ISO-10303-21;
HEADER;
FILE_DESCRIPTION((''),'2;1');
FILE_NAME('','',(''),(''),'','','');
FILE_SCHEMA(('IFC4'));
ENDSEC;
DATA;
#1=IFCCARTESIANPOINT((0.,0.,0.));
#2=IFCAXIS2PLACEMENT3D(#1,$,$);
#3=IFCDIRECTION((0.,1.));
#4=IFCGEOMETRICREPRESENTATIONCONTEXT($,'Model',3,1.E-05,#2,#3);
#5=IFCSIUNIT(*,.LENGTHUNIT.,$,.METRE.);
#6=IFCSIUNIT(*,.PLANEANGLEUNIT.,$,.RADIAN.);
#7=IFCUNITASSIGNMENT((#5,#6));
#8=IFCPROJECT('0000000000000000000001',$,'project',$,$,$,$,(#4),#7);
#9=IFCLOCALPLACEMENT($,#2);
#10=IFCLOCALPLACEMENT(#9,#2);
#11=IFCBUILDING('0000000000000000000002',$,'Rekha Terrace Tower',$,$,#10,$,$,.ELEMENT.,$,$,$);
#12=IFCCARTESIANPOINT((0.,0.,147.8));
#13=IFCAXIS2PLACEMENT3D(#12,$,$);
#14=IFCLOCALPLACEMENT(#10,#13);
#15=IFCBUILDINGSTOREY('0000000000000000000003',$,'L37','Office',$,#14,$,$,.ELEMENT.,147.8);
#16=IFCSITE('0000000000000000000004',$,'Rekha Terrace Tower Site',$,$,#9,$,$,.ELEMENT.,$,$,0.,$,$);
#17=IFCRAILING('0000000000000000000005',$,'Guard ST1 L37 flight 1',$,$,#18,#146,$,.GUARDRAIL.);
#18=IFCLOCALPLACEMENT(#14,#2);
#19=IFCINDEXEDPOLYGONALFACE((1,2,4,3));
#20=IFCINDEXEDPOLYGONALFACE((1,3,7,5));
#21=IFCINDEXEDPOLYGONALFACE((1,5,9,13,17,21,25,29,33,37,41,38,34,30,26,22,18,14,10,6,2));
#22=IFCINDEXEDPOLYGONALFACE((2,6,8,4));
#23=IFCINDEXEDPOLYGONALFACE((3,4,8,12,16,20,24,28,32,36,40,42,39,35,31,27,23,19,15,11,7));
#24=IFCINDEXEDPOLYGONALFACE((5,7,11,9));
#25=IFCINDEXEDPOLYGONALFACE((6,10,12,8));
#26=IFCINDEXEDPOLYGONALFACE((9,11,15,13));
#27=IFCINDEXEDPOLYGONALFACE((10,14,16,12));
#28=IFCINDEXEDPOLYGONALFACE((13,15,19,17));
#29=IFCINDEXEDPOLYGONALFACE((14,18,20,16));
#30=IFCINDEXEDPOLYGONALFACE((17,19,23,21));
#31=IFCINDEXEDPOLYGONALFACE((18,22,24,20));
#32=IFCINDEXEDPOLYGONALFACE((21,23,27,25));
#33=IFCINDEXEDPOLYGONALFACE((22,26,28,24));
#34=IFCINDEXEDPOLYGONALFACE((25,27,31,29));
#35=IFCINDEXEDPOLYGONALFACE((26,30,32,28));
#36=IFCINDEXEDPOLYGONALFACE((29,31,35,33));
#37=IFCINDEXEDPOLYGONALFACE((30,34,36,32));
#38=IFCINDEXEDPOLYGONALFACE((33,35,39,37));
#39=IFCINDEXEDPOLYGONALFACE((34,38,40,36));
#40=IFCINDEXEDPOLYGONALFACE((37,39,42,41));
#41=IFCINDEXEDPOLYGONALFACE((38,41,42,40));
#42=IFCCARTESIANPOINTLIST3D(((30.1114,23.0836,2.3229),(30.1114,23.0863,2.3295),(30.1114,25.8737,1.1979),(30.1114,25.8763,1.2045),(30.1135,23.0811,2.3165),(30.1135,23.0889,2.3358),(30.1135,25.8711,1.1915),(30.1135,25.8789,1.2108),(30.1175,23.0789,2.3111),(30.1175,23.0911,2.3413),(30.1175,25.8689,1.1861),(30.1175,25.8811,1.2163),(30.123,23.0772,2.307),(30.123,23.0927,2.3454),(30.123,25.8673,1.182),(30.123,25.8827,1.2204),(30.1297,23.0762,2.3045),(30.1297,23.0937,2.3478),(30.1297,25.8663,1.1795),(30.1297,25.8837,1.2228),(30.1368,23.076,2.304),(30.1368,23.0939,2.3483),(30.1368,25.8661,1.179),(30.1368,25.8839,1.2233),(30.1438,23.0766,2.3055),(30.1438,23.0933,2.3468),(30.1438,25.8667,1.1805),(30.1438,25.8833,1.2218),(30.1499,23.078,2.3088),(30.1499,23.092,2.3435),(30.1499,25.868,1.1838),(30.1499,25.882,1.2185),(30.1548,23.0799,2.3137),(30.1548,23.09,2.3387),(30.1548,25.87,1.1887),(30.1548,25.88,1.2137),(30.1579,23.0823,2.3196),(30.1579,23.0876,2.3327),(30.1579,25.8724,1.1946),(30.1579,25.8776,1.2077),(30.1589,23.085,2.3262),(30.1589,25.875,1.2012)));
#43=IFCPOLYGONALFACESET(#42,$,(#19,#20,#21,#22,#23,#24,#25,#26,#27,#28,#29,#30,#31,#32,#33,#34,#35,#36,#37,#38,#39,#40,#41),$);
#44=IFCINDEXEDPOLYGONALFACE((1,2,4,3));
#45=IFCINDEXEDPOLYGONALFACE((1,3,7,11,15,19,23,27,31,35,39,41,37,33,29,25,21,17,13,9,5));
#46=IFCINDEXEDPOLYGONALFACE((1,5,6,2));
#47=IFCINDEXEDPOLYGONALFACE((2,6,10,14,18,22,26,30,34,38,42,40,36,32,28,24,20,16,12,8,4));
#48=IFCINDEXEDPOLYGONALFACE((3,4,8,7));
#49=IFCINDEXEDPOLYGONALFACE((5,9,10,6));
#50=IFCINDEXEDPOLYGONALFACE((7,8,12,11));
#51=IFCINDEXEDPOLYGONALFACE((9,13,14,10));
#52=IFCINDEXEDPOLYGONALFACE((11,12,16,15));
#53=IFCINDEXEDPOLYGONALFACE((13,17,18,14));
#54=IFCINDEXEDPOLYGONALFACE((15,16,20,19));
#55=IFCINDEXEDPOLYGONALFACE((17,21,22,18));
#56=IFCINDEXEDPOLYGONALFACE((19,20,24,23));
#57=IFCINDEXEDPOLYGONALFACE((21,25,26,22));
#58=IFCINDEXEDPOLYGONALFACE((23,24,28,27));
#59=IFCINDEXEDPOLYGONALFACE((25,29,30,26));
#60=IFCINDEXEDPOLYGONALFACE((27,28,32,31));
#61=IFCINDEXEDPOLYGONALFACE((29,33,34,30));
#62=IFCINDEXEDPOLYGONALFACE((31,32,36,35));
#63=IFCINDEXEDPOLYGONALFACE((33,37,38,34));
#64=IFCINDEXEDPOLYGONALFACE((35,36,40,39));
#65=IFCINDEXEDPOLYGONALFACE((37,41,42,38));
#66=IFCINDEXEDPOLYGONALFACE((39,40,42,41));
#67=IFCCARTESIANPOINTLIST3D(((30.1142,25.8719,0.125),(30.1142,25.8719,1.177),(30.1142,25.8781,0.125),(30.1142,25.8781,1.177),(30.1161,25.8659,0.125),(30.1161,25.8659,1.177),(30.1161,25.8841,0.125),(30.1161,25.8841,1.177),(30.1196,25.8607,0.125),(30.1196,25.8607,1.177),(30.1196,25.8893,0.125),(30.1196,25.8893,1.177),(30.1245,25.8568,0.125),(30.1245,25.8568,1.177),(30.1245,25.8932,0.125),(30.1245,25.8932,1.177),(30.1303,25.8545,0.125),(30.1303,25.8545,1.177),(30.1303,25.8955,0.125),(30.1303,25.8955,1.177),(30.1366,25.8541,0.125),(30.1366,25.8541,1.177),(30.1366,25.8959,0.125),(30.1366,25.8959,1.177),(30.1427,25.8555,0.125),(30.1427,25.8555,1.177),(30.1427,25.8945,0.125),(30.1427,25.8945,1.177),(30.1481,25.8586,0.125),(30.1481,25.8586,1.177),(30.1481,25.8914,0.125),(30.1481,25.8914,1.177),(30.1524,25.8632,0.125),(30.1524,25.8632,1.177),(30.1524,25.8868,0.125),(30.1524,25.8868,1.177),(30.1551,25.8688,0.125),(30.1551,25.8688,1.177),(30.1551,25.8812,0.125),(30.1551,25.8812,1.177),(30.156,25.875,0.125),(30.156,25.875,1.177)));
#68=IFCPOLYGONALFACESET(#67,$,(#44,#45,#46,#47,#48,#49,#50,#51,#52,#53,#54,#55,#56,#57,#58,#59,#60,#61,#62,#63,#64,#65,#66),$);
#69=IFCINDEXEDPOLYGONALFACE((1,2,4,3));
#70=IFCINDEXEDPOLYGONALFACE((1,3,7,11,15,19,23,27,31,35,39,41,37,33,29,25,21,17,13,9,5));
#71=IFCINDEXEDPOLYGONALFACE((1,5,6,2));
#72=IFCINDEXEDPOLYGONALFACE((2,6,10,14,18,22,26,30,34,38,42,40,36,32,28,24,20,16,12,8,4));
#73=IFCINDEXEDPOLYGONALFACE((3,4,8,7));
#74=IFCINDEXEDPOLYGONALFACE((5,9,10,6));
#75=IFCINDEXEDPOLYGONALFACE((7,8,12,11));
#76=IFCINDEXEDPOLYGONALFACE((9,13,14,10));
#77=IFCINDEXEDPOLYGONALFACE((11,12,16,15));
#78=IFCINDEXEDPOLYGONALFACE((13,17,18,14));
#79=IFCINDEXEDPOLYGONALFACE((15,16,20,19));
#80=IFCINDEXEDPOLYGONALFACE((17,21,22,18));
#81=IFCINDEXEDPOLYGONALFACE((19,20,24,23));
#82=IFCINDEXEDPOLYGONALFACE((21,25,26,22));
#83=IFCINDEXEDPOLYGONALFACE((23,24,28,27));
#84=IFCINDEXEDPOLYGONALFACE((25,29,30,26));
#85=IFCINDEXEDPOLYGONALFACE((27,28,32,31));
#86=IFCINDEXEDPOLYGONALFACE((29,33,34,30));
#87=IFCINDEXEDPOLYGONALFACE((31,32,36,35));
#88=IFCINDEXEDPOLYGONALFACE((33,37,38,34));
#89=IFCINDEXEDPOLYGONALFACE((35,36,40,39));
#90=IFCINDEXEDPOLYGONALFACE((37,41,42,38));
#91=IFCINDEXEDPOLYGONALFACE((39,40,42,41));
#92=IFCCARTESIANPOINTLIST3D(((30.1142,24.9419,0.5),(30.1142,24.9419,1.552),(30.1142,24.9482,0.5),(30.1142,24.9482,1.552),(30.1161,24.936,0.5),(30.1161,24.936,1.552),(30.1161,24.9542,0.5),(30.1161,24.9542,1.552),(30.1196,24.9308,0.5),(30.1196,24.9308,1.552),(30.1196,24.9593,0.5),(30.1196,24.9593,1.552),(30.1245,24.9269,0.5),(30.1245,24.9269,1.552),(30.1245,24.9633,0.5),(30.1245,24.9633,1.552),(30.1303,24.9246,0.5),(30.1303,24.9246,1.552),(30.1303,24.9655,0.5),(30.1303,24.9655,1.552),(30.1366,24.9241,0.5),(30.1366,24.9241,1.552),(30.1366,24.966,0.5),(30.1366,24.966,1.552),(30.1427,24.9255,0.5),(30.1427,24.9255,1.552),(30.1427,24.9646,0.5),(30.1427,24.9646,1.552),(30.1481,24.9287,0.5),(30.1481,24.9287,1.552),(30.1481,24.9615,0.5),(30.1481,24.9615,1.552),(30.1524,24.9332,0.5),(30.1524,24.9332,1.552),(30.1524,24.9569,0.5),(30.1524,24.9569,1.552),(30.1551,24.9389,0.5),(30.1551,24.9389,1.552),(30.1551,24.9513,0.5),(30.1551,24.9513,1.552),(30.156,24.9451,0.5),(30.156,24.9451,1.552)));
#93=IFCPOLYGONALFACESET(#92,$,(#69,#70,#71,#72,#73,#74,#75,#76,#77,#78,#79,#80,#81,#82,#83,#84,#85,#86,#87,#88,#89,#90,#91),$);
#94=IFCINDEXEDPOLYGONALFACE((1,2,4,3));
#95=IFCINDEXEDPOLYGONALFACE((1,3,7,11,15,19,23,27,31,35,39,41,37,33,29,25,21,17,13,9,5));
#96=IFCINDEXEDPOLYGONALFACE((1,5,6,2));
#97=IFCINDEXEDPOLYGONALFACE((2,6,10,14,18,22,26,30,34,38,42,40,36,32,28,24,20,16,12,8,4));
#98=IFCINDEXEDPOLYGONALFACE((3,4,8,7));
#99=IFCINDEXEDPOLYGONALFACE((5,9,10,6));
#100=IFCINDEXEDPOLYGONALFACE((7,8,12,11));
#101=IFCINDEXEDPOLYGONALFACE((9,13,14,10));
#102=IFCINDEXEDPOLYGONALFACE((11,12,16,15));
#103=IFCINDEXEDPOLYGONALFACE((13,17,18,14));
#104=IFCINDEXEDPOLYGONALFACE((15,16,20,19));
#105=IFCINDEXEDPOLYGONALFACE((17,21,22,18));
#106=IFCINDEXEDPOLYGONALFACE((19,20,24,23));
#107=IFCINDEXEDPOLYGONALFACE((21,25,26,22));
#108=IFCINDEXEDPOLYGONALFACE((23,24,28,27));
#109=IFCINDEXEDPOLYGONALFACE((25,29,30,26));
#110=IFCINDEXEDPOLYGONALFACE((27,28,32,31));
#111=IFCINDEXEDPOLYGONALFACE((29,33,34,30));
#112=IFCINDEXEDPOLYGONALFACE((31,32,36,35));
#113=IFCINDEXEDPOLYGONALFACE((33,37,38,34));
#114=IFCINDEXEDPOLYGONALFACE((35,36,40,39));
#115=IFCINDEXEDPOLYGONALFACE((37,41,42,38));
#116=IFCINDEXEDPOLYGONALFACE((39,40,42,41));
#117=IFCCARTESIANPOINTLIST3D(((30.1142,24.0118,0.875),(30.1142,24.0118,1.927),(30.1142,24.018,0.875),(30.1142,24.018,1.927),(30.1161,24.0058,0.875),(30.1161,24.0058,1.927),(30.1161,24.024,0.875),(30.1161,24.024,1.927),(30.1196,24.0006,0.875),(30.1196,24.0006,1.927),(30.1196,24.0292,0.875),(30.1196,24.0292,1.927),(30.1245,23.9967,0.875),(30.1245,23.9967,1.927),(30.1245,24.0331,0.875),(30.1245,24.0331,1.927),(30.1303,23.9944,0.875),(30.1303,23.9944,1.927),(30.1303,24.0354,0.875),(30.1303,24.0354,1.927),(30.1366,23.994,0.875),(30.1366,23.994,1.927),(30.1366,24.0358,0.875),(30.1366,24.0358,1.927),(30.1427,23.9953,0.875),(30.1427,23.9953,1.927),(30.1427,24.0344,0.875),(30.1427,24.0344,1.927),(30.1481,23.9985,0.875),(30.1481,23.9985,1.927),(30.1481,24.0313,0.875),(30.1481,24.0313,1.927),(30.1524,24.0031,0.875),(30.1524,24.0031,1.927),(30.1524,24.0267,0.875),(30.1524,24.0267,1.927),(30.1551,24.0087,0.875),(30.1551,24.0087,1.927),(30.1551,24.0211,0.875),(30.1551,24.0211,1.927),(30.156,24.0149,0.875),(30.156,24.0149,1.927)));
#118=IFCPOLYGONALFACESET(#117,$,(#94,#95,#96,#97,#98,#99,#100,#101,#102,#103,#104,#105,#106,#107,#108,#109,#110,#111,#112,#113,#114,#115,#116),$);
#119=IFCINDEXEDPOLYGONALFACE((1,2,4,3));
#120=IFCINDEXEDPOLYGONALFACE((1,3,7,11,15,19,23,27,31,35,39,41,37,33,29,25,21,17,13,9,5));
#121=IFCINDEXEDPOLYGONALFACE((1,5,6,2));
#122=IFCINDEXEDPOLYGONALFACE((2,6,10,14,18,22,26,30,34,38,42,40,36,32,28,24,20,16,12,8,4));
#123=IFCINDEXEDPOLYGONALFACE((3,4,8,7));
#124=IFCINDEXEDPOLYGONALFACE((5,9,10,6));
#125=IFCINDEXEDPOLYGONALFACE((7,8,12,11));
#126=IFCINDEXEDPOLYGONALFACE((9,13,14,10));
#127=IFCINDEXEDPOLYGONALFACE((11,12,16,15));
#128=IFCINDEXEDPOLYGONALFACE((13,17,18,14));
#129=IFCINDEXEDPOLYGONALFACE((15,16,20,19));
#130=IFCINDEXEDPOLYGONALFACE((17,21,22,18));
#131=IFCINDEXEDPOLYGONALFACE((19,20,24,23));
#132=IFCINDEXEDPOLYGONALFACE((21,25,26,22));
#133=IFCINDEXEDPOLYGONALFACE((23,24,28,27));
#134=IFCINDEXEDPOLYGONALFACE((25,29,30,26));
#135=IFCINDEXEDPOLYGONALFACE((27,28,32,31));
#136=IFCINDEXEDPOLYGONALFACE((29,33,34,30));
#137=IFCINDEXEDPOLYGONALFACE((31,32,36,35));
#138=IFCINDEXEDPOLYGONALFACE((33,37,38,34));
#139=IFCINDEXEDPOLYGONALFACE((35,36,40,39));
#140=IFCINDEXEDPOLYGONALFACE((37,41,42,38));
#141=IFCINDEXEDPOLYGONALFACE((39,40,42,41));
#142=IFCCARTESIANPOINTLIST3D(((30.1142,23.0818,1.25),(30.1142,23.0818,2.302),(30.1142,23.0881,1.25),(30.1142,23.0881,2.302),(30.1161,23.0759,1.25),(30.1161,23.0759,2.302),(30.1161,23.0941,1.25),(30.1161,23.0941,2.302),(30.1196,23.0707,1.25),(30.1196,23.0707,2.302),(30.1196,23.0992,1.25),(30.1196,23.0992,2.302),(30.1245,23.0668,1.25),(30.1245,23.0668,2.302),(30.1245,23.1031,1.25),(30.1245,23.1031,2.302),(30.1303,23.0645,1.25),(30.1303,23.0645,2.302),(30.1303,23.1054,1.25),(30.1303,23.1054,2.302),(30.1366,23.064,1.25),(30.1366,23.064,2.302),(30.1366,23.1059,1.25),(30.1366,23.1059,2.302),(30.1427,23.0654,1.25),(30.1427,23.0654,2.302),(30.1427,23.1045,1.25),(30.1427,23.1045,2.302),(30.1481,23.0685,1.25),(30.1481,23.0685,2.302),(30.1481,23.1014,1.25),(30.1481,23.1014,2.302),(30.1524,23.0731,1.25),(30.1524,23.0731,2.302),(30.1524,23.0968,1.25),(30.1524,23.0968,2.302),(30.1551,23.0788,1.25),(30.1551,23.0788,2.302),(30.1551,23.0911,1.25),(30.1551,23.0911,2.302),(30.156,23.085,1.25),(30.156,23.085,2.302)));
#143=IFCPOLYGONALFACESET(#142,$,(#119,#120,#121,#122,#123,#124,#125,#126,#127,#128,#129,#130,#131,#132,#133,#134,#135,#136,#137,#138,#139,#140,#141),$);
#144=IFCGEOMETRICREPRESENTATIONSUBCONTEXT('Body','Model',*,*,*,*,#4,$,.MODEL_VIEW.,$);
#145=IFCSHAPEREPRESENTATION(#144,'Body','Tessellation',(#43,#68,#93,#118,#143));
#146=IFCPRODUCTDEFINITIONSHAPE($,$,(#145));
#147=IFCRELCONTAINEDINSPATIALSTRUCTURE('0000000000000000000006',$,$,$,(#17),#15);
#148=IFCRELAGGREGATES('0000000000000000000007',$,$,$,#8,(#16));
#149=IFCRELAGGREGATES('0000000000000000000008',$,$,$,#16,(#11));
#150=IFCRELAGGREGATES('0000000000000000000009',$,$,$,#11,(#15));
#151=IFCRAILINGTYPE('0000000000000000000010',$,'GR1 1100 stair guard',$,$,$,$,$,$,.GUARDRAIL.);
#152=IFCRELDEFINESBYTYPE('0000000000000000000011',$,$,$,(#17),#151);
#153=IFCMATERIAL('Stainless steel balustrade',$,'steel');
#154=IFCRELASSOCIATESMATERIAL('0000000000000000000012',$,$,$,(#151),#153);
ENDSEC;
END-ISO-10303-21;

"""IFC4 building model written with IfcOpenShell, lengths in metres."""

from ifc_helpers import new_model, si_unit, direction, frame, origin, origin_2d, place, context, subcontext, project, spatial, circle, extrude, material, type_object, element, save


model = new_model("IFC4")

# Units and contexts
model_context = context("Model", 3, precision=1e-05, world=origin(), true_north=direction((0.0, 1.0)))
body_context = subcontext(model_context, "Body", "Model", "MODEL_VIEW")
ifc_project = project(units=[si_unit("LENGTHUNIT", "METRE"), si_unit("PLANEANGLEUNIT", "RADIAN")], contexts=[model_context])

# Site, building, storey
site_placement = place(None, origin())
site = spatial("IfcSite", under=ifc_project, at=site_placement, Name="Rekha Terrace Tower Site", CompositionType="ELEMENT", RefElevation=0.0)
building_placement = place(site_placement, origin())
building = spatial("IfcBuilding", under=site, at=building_placement, Name="Rekha Terrace Tower", CompositionType="ELEMENT")
storey_placement = place(building_placement, frame((0.0, 0.0, 147.8)))
storey = spatial("IfcBuildingStorey", under=building, at=storey_placement, Name="L37", Description="Office", CompositionType="ELEMENT", Elevation=147.8)

# Railing
ifc_material_1 = material(Name="Stainless steel balustrade", Category="steel")
railing_type_1 = type_object("IfcRailingType", Name="GR1 1100 stair guard", PredefinedType="GUARDRAIL", material=ifc_material_1)
railing_1_placement = place(storey_placement, frame((30.135, 25.875, 0.125)))
element("IfcRailing", 1, at=railing_1_placement, inside=storey, type_object=railing_type_1, Name="Guard ST1 L37 flight 1", PredefinedType="GUARDRAIL", context=body_context, shape_type="SweptSolid", body=[
    extrude(circle(Radius=0.0239, at=origin_2d()), frame((0.0, 0.0, 1.0762), z_axis=(0.0, -0.927443, 0.373964), x_axis=(1.0, 0.0, 0.0)), (0.0, 0.0, 1.0), 3.0083),
    extrude(circle(Radius=0.021, at=origin_2d()), origin(), (0.0, 0.0, 1.0), 1.052),
    extrude(circle(Radius=0.021, at=origin_2d()), frame((0.0, -0.9299, 0.375)), (0.0, 0.0, 1.0), 1.052),
    extrude(circle(Radius=0.021, at=origin_2d()), frame((0.0, -1.8601, 0.75)), (0.0, 0.0, 1.0), 1.052),
    extrude(circle(Radius=0.021, at=origin_2d()), frame((0.0, -2.79, 1.125)), (0.0, 0.0, 1.0), 1.052),
])

save(model, "model.ifc")
